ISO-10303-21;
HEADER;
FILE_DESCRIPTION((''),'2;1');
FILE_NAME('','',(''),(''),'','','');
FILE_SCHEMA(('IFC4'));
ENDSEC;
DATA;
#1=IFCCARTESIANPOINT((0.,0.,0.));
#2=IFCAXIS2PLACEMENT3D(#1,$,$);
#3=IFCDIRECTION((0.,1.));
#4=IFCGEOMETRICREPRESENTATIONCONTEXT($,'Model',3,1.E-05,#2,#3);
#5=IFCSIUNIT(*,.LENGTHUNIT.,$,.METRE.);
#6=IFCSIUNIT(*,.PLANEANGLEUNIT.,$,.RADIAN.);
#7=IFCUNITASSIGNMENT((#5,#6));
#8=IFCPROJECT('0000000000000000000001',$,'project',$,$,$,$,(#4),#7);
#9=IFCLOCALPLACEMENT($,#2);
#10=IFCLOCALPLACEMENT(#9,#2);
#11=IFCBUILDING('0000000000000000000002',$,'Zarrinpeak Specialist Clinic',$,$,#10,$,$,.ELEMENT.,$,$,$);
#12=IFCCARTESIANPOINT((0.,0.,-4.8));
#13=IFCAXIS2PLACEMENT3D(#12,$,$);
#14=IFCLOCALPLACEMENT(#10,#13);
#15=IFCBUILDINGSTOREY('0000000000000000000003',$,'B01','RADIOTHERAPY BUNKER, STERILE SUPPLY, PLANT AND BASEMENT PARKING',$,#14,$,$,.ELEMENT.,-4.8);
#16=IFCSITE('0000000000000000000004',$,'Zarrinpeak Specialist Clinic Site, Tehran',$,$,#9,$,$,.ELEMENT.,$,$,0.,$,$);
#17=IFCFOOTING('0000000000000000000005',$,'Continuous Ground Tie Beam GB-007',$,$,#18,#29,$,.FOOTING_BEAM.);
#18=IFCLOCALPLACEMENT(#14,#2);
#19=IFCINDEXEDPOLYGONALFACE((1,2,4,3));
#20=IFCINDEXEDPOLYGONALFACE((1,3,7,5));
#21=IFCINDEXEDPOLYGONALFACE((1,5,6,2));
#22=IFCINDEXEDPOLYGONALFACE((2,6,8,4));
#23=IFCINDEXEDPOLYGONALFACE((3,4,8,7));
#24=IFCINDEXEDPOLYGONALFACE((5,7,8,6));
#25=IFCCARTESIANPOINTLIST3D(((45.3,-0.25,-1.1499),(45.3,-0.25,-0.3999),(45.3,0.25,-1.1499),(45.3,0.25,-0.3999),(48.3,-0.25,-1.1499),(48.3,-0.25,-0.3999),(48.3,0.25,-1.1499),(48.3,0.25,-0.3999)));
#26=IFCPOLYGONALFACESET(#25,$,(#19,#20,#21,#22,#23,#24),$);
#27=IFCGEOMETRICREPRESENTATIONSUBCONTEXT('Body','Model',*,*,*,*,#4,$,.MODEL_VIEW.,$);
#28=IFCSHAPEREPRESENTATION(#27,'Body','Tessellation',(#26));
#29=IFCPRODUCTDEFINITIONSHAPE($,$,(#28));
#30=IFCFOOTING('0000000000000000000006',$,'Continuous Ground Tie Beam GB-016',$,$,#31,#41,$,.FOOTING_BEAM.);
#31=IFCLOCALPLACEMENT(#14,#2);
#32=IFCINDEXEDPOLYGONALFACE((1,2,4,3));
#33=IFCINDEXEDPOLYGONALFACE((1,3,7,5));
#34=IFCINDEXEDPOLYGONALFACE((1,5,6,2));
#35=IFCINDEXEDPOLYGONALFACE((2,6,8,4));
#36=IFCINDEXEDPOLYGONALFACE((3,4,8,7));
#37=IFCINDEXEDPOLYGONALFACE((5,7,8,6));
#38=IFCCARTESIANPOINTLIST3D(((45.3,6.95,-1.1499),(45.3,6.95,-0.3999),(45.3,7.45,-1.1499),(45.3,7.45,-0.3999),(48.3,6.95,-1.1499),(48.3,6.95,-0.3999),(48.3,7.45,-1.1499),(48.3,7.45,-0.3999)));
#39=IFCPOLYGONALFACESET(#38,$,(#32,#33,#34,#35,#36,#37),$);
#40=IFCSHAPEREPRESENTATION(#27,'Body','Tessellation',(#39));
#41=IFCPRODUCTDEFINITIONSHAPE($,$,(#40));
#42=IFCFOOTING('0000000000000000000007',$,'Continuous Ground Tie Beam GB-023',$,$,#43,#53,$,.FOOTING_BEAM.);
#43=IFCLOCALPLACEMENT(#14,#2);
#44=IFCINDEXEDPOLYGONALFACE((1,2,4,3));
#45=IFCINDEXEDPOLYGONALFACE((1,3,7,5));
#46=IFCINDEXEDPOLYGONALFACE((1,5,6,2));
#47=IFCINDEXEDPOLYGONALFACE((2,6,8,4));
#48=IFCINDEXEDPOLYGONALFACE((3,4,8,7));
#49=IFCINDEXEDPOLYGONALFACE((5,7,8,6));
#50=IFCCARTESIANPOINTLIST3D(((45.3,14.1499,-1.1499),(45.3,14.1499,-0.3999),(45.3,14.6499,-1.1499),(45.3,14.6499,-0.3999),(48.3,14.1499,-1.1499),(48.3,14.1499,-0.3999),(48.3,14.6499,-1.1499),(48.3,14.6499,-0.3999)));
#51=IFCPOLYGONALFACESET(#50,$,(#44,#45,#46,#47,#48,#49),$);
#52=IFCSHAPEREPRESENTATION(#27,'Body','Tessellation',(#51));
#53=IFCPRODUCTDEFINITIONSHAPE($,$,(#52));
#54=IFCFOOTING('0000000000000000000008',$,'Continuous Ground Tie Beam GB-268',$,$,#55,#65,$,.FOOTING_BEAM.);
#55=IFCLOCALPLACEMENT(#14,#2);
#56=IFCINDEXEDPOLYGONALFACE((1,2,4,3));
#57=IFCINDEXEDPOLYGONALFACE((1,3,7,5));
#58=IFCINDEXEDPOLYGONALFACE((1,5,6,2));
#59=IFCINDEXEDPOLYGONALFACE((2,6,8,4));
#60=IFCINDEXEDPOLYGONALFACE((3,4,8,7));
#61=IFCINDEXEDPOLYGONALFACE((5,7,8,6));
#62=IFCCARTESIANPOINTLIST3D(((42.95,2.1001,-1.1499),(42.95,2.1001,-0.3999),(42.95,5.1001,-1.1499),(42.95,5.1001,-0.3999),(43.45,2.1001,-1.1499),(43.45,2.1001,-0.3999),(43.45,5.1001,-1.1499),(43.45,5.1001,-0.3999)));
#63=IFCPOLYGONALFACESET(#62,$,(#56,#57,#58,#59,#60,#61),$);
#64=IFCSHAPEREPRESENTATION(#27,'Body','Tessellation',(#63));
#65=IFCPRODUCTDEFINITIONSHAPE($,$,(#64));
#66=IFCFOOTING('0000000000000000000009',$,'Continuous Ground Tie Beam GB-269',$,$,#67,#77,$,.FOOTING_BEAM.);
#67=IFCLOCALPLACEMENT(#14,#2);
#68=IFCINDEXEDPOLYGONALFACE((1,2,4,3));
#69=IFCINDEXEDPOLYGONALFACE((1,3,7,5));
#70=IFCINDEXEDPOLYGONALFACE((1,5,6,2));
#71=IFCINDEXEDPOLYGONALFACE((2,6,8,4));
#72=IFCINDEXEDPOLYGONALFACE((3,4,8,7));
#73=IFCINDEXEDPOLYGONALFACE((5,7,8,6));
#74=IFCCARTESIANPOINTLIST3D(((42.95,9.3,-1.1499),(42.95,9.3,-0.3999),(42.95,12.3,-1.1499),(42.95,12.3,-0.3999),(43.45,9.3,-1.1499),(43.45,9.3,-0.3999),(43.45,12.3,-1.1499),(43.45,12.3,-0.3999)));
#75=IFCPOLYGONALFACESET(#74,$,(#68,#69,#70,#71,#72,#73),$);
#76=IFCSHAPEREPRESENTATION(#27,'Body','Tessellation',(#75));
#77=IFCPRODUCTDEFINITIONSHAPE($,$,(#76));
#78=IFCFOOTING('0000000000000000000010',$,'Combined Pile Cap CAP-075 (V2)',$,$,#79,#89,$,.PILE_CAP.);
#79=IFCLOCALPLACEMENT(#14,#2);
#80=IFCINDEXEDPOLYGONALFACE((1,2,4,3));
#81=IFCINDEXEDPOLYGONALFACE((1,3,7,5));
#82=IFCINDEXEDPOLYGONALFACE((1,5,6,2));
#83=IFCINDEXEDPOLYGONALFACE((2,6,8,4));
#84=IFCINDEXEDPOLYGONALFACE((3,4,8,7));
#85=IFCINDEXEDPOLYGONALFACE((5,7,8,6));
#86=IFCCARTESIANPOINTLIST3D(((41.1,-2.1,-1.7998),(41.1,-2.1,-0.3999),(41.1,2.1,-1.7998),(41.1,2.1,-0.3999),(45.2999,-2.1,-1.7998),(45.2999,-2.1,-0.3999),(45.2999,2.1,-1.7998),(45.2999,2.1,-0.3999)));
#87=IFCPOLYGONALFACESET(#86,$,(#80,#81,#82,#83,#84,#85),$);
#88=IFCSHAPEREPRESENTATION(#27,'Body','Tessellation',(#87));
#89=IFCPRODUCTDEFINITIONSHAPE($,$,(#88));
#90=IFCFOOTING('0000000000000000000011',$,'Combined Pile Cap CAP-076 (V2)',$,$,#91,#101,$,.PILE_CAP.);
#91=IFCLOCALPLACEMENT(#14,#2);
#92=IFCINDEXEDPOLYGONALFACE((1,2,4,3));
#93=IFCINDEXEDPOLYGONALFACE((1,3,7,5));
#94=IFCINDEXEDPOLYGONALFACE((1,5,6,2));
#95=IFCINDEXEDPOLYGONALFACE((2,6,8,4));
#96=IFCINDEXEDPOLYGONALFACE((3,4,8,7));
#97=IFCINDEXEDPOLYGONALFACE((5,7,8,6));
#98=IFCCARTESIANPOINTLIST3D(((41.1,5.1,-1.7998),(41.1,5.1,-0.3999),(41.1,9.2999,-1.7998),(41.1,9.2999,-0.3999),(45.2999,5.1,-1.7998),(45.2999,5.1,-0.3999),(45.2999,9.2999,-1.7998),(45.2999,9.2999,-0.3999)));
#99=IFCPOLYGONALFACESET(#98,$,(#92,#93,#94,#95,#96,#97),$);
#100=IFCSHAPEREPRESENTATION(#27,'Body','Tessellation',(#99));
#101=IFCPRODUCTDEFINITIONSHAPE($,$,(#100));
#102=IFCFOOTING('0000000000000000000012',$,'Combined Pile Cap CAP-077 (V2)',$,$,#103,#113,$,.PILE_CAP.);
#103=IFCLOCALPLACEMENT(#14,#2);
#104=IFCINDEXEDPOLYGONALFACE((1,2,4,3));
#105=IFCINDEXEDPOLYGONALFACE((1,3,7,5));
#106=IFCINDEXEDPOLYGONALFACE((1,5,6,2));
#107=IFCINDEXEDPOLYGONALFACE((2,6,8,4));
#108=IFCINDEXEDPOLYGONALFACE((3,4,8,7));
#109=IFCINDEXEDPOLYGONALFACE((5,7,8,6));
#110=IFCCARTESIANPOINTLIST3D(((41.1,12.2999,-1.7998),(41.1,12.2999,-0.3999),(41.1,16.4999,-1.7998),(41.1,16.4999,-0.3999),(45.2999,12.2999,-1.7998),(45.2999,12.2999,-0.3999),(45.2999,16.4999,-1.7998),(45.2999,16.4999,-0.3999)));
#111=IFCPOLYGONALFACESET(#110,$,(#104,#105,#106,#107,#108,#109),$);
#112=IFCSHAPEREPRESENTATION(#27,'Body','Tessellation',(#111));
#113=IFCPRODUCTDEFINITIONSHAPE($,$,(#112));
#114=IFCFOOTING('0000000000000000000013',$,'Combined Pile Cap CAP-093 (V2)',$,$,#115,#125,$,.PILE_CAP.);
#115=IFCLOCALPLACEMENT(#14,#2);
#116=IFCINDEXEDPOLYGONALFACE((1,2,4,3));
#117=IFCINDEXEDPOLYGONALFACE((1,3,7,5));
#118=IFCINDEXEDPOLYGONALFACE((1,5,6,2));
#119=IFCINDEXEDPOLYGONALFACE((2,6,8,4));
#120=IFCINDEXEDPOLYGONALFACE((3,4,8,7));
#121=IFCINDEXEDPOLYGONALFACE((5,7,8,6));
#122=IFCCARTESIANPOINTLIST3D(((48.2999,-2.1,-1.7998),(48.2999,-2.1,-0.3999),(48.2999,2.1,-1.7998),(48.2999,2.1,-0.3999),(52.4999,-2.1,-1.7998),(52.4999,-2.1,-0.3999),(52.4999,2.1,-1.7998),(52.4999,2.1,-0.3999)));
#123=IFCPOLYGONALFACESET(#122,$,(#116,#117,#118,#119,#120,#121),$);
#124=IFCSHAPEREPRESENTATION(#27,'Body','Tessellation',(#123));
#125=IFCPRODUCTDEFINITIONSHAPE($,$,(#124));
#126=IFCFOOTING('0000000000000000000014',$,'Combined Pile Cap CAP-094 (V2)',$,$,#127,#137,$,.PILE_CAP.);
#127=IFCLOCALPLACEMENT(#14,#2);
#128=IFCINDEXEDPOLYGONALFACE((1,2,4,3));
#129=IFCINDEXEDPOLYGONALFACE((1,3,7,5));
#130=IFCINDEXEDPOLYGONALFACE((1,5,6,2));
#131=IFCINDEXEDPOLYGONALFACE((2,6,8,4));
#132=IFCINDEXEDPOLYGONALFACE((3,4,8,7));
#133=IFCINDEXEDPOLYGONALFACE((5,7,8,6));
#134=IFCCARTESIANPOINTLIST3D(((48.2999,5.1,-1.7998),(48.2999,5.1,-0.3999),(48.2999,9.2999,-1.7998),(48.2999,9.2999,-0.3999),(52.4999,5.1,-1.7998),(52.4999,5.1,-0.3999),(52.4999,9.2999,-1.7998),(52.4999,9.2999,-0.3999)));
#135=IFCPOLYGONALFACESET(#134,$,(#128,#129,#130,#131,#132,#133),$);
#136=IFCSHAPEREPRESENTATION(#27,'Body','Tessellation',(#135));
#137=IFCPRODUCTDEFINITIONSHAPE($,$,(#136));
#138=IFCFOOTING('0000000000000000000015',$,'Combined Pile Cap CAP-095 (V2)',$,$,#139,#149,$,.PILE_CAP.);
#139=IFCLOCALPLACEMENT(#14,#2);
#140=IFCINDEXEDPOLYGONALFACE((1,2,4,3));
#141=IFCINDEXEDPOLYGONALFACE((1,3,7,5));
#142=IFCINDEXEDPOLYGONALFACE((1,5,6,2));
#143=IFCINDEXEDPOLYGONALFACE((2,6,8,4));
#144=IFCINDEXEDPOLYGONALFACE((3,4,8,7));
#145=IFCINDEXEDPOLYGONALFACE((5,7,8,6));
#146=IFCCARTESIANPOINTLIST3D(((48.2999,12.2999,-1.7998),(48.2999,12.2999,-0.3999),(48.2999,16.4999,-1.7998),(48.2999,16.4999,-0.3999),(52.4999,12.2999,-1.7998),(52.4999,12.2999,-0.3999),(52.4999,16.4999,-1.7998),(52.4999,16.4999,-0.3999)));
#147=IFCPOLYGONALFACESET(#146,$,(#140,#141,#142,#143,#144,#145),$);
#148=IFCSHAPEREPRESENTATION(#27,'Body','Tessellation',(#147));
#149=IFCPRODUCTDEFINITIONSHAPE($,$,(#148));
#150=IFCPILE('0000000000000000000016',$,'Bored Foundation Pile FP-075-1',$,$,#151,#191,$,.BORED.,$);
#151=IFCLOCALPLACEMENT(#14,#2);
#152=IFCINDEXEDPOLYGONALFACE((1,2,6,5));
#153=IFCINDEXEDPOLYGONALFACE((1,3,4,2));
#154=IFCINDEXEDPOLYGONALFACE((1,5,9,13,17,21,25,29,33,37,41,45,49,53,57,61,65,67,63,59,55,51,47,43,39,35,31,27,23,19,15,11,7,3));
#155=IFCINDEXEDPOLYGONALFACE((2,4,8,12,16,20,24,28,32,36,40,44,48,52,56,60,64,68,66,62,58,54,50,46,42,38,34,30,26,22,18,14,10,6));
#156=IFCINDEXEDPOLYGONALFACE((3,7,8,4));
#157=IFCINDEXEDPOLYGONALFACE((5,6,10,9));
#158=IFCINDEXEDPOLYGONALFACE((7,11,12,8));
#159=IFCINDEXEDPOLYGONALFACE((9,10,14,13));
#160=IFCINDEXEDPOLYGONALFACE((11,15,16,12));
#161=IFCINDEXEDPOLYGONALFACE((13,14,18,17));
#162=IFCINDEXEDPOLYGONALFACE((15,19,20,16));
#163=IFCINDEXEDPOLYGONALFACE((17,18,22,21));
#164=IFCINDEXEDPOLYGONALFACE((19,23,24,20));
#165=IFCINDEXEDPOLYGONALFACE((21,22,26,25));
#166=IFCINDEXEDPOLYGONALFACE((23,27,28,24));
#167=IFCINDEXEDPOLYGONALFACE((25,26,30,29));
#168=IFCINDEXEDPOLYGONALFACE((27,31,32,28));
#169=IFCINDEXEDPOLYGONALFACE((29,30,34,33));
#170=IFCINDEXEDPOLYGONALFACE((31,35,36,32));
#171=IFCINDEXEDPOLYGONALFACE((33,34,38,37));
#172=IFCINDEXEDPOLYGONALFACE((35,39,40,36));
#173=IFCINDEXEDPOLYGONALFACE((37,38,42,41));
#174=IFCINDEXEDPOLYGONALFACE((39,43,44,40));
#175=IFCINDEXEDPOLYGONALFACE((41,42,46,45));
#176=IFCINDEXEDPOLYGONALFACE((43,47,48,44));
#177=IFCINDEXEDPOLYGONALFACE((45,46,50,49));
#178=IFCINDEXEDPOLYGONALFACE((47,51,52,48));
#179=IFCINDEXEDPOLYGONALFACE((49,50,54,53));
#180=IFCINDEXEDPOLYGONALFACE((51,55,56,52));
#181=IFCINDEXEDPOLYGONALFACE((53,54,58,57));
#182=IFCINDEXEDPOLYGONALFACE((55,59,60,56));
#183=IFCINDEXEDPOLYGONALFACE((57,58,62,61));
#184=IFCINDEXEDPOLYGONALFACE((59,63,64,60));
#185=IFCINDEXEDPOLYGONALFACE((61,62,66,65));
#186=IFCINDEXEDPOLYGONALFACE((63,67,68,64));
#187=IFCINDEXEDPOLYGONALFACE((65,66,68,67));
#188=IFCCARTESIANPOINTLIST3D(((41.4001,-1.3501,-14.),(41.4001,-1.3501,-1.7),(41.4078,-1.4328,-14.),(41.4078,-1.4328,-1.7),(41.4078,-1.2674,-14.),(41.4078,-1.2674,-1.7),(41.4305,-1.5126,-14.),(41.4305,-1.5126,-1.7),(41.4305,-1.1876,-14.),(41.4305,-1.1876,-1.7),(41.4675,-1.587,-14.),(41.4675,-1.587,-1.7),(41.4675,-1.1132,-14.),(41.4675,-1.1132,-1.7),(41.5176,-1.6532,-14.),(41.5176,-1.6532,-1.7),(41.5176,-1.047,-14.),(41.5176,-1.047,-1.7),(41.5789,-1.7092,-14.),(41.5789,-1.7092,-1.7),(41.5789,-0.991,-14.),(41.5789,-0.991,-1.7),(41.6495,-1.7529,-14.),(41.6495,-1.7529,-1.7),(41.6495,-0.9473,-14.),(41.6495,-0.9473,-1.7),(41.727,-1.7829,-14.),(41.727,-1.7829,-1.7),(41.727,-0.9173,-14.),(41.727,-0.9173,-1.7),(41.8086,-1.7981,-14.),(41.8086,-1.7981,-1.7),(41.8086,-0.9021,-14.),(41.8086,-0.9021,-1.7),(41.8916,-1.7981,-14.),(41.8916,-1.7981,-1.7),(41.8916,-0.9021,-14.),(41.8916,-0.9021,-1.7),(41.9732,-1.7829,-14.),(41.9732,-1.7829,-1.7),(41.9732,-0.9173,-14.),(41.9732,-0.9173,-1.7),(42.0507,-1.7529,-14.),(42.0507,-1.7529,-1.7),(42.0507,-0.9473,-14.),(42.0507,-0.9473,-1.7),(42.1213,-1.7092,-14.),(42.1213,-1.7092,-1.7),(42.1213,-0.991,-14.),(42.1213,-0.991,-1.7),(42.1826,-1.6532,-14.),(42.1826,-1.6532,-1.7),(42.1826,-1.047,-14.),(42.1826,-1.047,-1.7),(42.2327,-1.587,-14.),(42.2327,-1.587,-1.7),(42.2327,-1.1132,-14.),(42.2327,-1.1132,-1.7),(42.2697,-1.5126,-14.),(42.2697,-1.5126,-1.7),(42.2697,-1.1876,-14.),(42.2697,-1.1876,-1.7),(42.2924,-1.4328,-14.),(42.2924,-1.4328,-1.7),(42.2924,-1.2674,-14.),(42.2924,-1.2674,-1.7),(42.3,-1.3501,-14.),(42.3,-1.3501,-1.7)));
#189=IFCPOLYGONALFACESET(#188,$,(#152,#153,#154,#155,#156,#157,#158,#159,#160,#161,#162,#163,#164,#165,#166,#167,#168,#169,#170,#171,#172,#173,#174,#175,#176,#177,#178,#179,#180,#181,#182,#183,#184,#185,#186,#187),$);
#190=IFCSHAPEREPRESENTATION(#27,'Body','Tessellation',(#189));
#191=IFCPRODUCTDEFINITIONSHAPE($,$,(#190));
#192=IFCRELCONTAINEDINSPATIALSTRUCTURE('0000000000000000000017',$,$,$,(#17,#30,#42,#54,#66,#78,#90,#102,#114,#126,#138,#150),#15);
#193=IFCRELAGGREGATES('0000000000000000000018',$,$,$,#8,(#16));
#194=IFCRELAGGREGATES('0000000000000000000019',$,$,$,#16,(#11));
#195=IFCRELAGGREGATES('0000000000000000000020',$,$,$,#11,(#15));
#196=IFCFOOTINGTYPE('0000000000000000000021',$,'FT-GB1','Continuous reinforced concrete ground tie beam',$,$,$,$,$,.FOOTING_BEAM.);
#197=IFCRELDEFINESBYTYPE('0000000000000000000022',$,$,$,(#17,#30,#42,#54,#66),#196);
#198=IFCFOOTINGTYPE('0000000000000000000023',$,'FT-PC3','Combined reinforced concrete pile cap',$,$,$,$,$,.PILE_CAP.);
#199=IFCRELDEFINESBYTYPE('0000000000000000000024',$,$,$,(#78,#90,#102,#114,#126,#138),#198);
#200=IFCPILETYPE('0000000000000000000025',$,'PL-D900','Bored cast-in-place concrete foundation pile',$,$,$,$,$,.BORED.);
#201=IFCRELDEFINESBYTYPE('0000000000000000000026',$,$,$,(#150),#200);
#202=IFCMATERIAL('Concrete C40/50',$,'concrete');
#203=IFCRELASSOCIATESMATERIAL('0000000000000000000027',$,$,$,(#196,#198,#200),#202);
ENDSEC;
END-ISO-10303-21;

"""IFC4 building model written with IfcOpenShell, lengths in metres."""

from ifc_helpers import new_model, si_unit, direction, frame, origin, origin_2d, place, context, subcontext, project, spatial, rectangle, circle, extrude, material, material_profile, profile_set, type_object, element, save


model = new_model("IFC4")

# Units and contexts
model_context = context("Model", 3, precision=1e-05, world=origin(), true_north=direction((0.0, 1.0)))
body_context = subcontext(model_context, "Body", "Model", "MODEL_VIEW")
ifc_project = project(units=[si_unit("LENGTHUNIT", "METRE"), si_unit("PLANEANGLEUNIT", "RADIAN")], contexts=[model_context])

# Site, building, storey
site_placement = place(None, origin())
site = spatial("IfcSite", under=ifc_project, at=site_placement, Name="Zarrinpeak Specialist Clinic Site, Tehran", CompositionType="ELEMENT", RefElevation=0.0)
building_placement = place(site_placement, origin())
building = spatial("IfcBuilding", under=site, at=building_placement, Name="Zarrinpeak Specialist Clinic", CompositionType="ELEMENT")
storey_placement = place(building_placement, frame((0.0, 0.0, -4.8)))
storey = spatial("IfcBuildingStorey", under=building, at=storey_placement, Name="B01", Description="RADIOTHERAPY BUNKER, STERILE SUPPLY, PLANT AND BASEMENT PARKING", CompositionType="ELEMENT", Elevation=-4.8)

# Footings
ifc_material_1 = material(Name="Concrete C40/50", Category="concrete")
ifc_material_profile_1 = material_profile(ifc_material_1, rectangle(XDim=0.5, YDim=0.75, at=origin_2d()), Name="RC 500x750")
ifc_profile_set_1 = profile_set([ifc_material_profile_1], Name="Concrete C40/50")
footing_type_1 = type_object("IfcFootingType", Name="FT-GB1", Description="Continuous reinforced concrete ground tie beam", PredefinedType="FOOTING_BEAM", material=ifc_profile_set_1)
for number, where, z_axis, x_axis, name in (
    (1, (45.3, 0.0, -0.7749), (1.0, 0.0, 0.0), (0.0, 1.0, 0.0), "Continuous Ground Tie Beam GB-007"),
    (2, (45.3, 7.2, -0.7749), (1.0, 0.0, 0.0), (0.0, 1.0, 0.0), "Continuous Ground Tie Beam GB-016"),
    (3, (45.3, 14.3999, -0.7749), (1.0, 0.0, 0.0), (0.0, 1.0, 0.0), "Continuous Ground Tie Beam GB-023"),
    (4, (43.2, 2.1001, -0.7749), (0.0, 1.0, 0.0), (-1.0, 0.0, 0.0), "Continuous Ground Tie Beam GB-268"),
    (5, (43.2, 9.3, -0.7749), (0.0, 1.0, 0.0), (-1.0, 0.0, 0.0), "Continuous Ground Tie Beam GB-269"),
):
    element("IfcFooting", number, at=place(storey_placement, frame(where, z_axis=z_axis, x_axis=x_axis)), inside=storey, type_object=footing_type_1, Name=name, PredefinedType="FOOTING_BEAM", context=body_context, shape_type="SweptSolid", body=[
        extrude(rectangle(XDim=0.5, YDim=0.75, at=origin_2d()), origin(), (0.0, 0.0, 1.0), 3.0),
    ])
footing_type_2 = type_object("IfcFootingType", Name="FT-PC3", Description="Combined reinforced concrete pile cap", PredefinedType="PILE_CAP", material=ifc_material_1)
for number, where, z_axis, x_axis, name in (
    (6, (43.2, 0.0, -1.7998), (0.0, 0.0, 1.0), (1.0, 0.0, 0.0), "Combined Pile Cap CAP-075 (V2)"),
    (7, (43.2, 7.2, -1.7998), (0.0, 0.0, 1.0), (1.0, 0.0, 0.0), "Combined Pile Cap CAP-076 (V2)"),
    (8, (43.2, 14.3999, -1.7998), (0.0, 0.0, 1.0), (1.0, 0.0, 0.0), "Combined Pile Cap CAP-077 (V2)"),
    (9, (50.3999, 0.0, -1.7998), (0.0, 0.0, 1.0), (1.0, 0.0, 0.0), "Combined Pile Cap CAP-093 (V2)"),
    (10, (50.3999, 7.2, -1.7998), (0.0, 0.0, 1.0), (1.0, 0.0, 0.0), "Combined Pile Cap CAP-094 (V2)"),
    (11, (50.3999, 14.3999, -1.7998), (0.0, 0.0, 1.0), (1.0, 0.0, 0.0), "Combined Pile Cap CAP-095 (V2)"),
):
    element("IfcFooting", number, at=place(storey_placement, frame(where, z_axis=z_axis, x_axis=x_axis)), inside=storey, type_object=footing_type_2, Name=name, PredefinedType="PILE_CAP", context=body_context, shape_type="SweptSolid", body=[
        extrude(rectangle(XDim=4.2, YDim=4.2, at=origin_2d()), origin(), (0.0, 0.0, 1.0), 1.3999),
    ])

# Pile
ifc_material_profile_2 = material_profile(ifc_material_1, circle(Radius=0.45, at=origin_2d()), Name="BORED PILE D900")
ifc_profile_set_2 = profile_set([ifc_material_profile_2], Name="Concrete C40/50")
pile_type = type_object("IfcPileType", Name="PL-D900", Description="Bored cast-in-place concrete foundation pile", PredefinedType="BORED", material=ifc_profile_set_2)
for number, where, z_axis, x_axis, name in (
    (12, (41.8501, -1.3501, -1.7), (0.0, 0.0, -1.0), (1.0, 0.0, 0.0), "Bored Foundation Pile FP-075-1"),
):
    element("IfcPile", number, at=place(storey_placement, frame(where, z_axis=z_axis, x_axis=x_axis)), inside=storey, type_object=pile_type, Name=name, PredefinedType="BORED", context=body_context, shape_type="SweptSolid", body=[
        extrude(circle(Radius=0.45, at=origin_2d()), origin(), (0.0, 0.0, 1.0), 12.3),
    ])

save(model, "model.ifc")
